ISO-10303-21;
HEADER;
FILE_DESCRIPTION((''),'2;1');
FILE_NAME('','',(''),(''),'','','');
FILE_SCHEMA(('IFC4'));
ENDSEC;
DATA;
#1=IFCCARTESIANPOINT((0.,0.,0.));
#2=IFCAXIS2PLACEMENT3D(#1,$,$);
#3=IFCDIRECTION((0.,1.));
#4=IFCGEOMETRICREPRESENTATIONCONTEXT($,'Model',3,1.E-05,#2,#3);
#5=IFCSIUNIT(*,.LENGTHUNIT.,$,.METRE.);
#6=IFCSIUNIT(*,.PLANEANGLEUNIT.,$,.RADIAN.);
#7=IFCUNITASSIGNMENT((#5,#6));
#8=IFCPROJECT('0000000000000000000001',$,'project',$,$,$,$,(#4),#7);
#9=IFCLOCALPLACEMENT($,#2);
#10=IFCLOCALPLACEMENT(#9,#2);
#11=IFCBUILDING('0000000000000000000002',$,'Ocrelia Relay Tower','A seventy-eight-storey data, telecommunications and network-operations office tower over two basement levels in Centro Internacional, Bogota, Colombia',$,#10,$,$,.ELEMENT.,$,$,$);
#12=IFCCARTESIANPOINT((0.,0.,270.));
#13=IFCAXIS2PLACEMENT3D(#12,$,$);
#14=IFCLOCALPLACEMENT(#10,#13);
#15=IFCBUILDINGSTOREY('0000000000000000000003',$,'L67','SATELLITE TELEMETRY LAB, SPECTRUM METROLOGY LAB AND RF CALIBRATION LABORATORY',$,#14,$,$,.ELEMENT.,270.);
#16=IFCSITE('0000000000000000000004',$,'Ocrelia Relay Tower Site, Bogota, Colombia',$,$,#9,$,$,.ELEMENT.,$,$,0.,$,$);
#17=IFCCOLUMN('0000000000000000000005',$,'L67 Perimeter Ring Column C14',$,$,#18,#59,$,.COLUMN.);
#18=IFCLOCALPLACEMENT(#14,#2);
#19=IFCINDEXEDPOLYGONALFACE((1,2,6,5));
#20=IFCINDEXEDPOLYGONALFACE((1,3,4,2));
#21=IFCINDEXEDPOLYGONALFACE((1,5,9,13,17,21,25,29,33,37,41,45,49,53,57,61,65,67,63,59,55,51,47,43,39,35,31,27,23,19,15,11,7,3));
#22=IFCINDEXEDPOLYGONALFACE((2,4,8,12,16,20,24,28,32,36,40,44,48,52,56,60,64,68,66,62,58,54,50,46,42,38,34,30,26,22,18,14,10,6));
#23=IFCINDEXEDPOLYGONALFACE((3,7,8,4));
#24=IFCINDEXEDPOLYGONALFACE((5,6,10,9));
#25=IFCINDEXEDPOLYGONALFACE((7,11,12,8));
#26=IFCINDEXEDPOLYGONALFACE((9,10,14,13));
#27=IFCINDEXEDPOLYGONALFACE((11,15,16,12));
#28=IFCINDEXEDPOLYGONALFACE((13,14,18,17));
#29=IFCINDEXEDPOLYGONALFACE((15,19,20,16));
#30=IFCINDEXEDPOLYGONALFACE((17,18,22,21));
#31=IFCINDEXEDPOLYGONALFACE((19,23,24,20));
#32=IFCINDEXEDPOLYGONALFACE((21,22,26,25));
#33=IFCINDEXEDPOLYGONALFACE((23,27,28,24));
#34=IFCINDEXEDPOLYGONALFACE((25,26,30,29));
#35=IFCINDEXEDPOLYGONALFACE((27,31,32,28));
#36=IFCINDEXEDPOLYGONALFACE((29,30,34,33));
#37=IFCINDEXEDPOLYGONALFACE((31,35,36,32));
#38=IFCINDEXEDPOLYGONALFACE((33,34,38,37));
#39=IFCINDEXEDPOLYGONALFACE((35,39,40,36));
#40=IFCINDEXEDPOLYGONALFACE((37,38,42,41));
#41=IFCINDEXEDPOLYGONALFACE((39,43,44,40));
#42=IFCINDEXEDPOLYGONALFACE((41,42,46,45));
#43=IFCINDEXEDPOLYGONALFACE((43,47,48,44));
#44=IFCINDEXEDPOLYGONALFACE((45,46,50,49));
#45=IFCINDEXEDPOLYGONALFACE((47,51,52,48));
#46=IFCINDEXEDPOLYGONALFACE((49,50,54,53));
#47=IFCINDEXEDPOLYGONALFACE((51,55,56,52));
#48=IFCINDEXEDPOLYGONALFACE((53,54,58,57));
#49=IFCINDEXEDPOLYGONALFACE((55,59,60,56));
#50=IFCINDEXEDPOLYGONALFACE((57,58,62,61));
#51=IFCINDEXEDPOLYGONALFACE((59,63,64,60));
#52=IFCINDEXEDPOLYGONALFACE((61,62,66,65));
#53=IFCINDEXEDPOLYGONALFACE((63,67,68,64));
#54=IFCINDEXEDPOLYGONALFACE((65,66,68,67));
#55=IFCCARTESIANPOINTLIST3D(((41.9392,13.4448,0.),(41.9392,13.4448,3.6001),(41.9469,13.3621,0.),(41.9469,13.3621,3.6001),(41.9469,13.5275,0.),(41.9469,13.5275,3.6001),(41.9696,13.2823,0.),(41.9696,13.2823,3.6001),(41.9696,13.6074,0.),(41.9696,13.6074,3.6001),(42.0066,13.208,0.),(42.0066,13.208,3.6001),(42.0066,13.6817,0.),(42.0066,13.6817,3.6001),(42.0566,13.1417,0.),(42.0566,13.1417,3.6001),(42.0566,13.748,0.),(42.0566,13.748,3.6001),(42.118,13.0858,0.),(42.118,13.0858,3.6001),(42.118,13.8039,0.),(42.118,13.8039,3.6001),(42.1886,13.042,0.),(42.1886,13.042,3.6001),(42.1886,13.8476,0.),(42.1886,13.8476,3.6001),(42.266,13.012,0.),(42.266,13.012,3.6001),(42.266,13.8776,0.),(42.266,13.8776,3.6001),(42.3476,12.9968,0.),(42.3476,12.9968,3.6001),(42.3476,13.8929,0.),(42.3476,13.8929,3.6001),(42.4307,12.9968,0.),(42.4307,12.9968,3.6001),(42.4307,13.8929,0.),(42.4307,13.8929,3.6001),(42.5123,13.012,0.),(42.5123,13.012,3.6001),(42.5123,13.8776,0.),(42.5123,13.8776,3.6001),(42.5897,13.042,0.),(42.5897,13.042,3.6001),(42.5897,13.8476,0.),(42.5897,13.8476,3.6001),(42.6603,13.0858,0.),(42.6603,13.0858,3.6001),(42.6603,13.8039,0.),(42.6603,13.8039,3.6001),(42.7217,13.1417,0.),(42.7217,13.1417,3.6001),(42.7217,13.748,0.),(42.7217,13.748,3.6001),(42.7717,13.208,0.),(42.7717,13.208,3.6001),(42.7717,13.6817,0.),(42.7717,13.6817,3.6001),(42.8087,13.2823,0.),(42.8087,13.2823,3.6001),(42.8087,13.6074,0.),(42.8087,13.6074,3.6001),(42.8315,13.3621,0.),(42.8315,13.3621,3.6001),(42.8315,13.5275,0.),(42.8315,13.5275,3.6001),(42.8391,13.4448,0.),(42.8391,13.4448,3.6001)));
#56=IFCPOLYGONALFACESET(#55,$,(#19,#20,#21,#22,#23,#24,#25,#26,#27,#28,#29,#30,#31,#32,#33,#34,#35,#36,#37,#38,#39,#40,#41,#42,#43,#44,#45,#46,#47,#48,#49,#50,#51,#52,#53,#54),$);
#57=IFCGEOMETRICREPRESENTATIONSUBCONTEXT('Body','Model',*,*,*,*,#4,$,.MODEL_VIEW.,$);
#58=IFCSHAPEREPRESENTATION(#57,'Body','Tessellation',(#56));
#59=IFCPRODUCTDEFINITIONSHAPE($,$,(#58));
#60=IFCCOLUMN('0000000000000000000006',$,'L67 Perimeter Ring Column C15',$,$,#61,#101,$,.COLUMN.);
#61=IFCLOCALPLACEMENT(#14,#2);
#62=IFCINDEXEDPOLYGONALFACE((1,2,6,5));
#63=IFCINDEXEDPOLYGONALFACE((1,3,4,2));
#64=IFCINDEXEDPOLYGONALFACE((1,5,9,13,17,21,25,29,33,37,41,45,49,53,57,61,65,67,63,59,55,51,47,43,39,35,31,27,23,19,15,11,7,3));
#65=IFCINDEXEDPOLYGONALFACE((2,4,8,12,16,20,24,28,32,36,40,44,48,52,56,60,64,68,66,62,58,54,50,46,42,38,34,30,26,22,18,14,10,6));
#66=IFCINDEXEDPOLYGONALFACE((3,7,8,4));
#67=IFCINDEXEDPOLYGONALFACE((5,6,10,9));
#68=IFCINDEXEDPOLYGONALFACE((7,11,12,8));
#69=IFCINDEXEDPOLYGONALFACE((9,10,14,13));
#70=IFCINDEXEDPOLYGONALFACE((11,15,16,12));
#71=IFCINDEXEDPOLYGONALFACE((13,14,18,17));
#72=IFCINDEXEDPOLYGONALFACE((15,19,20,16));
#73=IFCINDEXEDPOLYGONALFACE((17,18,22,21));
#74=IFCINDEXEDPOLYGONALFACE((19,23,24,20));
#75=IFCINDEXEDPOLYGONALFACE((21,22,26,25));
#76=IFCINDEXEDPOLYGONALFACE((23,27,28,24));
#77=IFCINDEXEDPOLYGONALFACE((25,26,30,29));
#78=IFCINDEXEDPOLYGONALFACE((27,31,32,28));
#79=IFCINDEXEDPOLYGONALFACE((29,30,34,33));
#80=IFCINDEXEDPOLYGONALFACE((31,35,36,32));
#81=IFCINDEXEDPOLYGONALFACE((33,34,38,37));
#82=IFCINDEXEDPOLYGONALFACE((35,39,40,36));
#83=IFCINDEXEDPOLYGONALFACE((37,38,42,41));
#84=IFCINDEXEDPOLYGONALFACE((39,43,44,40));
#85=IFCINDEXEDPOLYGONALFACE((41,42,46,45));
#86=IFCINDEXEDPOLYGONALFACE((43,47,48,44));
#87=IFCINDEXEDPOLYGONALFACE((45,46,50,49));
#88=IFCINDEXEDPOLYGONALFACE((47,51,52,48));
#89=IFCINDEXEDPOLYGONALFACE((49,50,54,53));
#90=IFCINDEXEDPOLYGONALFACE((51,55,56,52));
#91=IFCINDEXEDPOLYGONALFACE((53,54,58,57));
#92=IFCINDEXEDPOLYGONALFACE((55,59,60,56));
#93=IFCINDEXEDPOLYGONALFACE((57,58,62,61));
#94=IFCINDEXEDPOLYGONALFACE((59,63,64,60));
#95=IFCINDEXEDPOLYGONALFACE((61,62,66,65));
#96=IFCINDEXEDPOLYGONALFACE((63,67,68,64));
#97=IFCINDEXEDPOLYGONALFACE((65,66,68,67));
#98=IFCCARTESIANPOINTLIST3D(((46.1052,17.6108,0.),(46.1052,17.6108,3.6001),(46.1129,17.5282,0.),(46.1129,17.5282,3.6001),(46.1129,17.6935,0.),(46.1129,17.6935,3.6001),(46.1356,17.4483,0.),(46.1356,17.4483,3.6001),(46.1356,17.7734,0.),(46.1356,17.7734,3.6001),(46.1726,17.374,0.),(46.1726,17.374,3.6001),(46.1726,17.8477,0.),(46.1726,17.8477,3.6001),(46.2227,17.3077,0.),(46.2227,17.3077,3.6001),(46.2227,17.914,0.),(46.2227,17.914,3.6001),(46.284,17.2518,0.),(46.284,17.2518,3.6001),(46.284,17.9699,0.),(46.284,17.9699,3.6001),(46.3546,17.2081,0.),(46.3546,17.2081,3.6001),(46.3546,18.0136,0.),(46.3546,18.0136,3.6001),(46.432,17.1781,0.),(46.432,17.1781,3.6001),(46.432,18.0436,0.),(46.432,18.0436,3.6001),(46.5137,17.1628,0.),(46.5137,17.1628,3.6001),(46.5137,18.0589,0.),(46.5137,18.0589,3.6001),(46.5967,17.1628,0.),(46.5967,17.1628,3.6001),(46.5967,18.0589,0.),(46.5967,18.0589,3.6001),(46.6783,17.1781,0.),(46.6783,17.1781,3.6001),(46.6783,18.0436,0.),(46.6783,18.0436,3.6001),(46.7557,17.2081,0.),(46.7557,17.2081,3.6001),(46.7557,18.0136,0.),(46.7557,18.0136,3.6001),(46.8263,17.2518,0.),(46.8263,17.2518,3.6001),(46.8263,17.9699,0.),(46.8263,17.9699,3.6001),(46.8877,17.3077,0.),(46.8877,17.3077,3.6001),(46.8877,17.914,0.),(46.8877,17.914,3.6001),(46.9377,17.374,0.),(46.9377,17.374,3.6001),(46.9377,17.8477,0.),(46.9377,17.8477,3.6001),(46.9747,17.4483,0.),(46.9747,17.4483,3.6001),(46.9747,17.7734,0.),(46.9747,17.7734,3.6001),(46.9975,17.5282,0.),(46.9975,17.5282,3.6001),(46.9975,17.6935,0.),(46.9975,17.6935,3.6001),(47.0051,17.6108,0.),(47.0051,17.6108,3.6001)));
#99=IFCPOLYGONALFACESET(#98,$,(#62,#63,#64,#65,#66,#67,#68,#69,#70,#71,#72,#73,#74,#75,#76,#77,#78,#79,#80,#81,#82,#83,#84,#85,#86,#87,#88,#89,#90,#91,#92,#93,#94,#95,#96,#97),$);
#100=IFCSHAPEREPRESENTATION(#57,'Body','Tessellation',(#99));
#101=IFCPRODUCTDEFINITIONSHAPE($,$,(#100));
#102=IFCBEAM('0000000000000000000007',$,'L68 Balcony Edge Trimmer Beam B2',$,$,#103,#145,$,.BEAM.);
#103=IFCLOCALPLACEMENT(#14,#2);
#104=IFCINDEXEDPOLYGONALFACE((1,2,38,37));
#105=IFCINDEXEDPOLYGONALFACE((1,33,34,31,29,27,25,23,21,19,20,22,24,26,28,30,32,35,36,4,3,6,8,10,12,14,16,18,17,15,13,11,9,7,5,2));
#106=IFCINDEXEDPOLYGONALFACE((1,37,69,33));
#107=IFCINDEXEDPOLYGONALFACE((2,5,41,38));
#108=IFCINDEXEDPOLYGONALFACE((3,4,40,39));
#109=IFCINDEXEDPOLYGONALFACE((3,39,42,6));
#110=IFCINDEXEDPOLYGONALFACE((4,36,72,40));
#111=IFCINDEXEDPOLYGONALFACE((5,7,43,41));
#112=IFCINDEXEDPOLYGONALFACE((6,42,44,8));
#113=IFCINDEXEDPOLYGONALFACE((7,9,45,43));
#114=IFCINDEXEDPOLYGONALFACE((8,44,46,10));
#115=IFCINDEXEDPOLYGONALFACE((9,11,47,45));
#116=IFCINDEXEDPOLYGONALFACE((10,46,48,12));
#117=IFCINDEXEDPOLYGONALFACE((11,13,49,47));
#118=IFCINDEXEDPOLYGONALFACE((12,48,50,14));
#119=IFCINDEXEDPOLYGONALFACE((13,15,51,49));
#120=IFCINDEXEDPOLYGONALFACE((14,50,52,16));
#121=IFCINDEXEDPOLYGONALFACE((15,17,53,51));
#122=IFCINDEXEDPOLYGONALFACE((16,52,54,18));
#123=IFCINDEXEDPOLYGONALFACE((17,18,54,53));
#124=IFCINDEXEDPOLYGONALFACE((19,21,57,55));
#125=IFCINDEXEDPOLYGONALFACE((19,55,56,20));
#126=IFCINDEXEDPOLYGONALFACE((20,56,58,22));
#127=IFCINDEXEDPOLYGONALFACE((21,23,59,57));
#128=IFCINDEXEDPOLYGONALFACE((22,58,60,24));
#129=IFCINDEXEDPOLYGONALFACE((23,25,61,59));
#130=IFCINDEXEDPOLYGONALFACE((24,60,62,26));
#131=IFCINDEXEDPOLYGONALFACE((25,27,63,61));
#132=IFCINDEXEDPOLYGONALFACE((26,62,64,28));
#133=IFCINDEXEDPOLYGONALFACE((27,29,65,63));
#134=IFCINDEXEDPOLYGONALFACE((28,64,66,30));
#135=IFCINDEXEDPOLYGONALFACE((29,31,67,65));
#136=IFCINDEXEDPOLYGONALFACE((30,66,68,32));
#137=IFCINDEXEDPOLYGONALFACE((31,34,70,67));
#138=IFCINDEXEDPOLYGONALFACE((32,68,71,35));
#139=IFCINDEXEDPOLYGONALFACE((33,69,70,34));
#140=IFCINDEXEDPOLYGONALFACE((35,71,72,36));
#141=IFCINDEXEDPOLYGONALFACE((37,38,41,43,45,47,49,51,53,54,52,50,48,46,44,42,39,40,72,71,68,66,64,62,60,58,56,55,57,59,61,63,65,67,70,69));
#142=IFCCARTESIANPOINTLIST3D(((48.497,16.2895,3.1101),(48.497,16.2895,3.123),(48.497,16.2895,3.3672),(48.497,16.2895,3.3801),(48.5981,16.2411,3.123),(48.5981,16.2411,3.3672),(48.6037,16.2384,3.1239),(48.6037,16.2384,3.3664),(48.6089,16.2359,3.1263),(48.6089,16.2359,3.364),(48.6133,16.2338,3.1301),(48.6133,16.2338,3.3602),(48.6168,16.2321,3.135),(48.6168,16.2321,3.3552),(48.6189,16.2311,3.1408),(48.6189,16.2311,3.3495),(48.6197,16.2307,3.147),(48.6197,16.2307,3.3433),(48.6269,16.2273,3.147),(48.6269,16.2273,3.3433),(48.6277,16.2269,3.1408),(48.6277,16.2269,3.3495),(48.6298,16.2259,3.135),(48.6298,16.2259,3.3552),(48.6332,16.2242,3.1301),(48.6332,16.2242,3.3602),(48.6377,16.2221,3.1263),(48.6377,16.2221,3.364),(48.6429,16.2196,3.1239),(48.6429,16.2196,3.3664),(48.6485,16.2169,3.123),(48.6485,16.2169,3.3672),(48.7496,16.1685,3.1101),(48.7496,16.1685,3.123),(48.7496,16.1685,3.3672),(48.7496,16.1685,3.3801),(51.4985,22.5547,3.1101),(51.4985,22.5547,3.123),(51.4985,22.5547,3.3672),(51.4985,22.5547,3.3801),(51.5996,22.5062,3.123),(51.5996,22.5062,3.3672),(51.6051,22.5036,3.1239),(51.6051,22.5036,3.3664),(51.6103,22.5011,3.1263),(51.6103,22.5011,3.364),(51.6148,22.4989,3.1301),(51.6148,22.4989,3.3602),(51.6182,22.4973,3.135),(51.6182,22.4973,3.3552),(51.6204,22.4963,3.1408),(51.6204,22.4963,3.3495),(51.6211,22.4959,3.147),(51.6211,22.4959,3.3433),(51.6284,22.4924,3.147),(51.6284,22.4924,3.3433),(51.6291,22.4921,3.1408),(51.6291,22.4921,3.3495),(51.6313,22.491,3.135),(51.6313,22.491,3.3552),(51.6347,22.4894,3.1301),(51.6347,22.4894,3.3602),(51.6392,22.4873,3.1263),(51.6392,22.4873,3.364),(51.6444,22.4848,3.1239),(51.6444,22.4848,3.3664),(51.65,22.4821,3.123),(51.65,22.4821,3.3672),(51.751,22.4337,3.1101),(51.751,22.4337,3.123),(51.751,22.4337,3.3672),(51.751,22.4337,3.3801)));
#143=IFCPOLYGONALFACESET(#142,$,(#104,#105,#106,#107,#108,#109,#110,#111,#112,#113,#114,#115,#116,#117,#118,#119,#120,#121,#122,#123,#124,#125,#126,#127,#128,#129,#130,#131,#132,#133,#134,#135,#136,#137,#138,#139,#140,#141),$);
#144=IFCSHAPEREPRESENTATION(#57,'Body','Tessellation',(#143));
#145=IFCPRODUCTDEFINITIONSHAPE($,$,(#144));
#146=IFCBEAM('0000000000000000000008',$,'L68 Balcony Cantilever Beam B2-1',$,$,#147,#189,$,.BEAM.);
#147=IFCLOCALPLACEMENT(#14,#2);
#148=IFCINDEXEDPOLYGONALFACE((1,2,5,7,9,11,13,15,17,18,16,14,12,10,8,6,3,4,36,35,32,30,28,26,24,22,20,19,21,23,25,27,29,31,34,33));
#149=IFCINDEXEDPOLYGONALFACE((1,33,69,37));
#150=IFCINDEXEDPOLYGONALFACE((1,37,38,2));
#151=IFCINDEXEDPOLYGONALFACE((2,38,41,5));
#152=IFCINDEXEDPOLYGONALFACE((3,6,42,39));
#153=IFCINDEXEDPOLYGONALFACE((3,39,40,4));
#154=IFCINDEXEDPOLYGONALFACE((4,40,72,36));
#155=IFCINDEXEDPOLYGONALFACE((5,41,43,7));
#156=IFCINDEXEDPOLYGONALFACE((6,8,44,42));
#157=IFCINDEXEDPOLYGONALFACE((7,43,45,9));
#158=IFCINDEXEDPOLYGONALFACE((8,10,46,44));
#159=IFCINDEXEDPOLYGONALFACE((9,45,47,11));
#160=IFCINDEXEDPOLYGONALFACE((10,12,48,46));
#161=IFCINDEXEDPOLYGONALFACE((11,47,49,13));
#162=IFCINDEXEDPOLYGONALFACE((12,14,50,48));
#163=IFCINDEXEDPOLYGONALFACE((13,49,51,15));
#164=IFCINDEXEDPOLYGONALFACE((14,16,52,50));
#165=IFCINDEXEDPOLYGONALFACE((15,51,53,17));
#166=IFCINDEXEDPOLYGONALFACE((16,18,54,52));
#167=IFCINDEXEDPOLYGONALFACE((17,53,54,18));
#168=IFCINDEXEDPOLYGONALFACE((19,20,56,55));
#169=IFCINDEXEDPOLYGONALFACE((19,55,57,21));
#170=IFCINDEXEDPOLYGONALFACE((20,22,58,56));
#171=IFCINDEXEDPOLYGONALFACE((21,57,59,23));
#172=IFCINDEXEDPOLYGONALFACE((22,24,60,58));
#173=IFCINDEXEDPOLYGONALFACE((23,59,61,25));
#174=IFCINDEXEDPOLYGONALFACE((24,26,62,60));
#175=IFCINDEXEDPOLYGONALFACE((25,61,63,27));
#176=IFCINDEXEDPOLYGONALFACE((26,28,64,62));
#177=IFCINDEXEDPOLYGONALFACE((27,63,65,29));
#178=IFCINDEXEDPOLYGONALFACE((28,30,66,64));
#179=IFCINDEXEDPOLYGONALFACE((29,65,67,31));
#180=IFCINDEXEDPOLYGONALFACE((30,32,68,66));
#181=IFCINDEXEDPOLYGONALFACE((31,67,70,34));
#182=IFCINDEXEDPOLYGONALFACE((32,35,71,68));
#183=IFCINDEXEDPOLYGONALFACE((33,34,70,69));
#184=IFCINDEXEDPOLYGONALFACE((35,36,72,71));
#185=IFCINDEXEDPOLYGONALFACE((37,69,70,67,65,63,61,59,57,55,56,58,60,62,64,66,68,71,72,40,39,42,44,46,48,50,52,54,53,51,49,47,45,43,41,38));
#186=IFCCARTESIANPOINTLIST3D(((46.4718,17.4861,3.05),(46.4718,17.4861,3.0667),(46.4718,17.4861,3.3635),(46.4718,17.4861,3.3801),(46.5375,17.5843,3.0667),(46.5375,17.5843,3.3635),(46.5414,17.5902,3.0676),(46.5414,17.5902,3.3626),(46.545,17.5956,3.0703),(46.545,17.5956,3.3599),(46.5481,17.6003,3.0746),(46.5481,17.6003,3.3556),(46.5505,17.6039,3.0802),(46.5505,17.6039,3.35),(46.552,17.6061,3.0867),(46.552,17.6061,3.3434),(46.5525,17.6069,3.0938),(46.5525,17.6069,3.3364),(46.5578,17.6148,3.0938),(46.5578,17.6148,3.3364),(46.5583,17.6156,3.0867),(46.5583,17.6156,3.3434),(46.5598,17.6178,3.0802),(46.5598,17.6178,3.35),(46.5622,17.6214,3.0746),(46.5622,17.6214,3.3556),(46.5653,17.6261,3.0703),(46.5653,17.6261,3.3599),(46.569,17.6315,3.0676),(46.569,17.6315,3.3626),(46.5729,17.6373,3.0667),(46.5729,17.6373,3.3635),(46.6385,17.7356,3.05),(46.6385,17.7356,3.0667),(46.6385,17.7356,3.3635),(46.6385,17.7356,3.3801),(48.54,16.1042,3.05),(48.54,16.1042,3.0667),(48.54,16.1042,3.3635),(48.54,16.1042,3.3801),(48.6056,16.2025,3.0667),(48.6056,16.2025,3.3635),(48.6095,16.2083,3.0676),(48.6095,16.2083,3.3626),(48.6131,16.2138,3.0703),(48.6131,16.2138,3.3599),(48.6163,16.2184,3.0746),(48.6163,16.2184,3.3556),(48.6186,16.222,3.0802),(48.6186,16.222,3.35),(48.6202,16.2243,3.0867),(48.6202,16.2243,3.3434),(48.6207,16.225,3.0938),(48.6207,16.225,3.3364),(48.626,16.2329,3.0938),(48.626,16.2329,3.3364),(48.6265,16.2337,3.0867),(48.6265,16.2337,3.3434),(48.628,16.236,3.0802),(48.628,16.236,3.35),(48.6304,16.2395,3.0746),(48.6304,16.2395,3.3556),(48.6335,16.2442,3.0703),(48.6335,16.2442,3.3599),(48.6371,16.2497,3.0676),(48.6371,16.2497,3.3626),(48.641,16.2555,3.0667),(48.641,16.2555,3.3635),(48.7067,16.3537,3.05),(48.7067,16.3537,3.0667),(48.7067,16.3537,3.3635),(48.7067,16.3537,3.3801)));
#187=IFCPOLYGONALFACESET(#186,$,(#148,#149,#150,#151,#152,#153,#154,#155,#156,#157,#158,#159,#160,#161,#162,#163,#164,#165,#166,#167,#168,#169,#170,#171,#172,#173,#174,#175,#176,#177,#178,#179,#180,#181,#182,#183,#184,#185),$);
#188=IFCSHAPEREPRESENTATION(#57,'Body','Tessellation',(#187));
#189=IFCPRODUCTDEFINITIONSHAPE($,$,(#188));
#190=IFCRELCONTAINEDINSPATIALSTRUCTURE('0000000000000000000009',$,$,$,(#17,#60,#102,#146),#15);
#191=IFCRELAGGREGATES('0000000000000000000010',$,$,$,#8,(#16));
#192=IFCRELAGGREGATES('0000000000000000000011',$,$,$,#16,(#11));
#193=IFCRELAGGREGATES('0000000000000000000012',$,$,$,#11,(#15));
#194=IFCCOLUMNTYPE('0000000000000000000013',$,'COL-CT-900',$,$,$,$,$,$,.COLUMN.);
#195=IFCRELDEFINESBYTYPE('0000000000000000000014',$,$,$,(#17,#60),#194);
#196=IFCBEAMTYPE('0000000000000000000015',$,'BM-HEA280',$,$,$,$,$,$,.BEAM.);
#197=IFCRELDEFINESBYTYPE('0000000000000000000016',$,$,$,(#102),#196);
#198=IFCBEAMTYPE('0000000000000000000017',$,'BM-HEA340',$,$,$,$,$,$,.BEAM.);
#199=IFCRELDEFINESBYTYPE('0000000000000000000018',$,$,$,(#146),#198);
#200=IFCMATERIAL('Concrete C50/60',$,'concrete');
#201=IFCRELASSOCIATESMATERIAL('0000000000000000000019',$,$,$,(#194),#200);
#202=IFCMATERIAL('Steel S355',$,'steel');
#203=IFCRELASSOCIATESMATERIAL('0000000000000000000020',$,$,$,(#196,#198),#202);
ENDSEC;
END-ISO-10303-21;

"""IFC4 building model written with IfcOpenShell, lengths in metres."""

from ifc_helpers import new_model, si_unit, direction, frame, origin, origin_2d, place, context, subcontext, project, spatial, circle, i_section, extrude, material, material_profile, profile_set, type_object, element, save


model = new_model("IFC4")

# Units and contexts
model_context = context("Model", 3, precision=1e-05, world=origin(), true_north=direction((0.0, 1.0)))
body_context = subcontext(model_context, "Body", "Model", "MODEL_VIEW")
ifc_project = project(units=[si_unit("LENGTHUNIT", "METRE"), si_unit("PLANEANGLEUNIT", "RADIAN")], contexts=[model_context])

# Site, building, storey
site_placement = place(None, origin())
site = spatial("IfcSite", under=ifc_project, at=site_placement, Name="Ocrelia Relay Tower Site, Bogota, Colombia", CompositionType="ELEMENT", RefElevation=0.0)
building_placement = place(site_placement, origin())
building = spatial("IfcBuilding", under=site, at=building_placement, Name="Ocrelia Relay Tower", Description="A seventy-eight-storey data, telecommunications and network-operations office tower over two basement levels in Centro Internacional, Bogota, Colombia", CompositionType="ELEMENT")
storey_placement = place(building_placement, frame((0.0, 0.0, 270.0)))
storey = spatial("IfcBuildingStorey", under=building, at=storey_placement, Name="L67", Description="SATELLITE TELEMETRY LAB, SPECTRUM METROLOGY LAB AND RF CALIBRATION LABORATORY", CompositionType="ELEMENT", Elevation=270.0)

# Columns
ifc_material_1 = material(Name="Concrete C50/60", Category="concrete")
ifc_material_profile_1 = material_profile(ifc_material_1, circle(Radius=0.45, at=origin_2d()), Name="RC-CIR-900")
ifc_profile_set_1 = profile_set([ifc_material_profile_1], Name="Concrete C50/60")
column_type = type_object("IfcColumnType", Name="COL-CT-900", PredefinedType="COLUMN", material=ifc_profile_set_1)
for number, where, z_axis, x_axis, name in (
    (1, (42.3892, 13.4448, 0.0), (0.0, 0.0, 1.0), (1.0, 0.0, 0.0), "L67 Perimeter Ring Column C14"),
    (2, (46.5552, 17.6108, 0.0), (0.0, 0.0, 1.0), (1.0, 0.0, 0.0), "L67 Perimeter Ring Column C15"),
):
    element("IfcColumn", number, at=place(storey_placement, frame(where, z_axis=z_axis, x_axis=x_axis)), inside=storey, type_object=column_type, Name=name, PredefinedType="COLUMN", context=body_context, shape_type="SweptSolid", body=[
        extrude(circle(Radius=0.45, at=origin_2d()), origin(), (0.0, 0.0, 1.0), 3.6001),
    ])

# Beams
ifc_material_2 = material(Name="Steel S355", Category="steel")
ifc_material_profile_2 = material_profile(ifc_material_2, i_section(OverallWidth=0.28, OverallDepth=0.27, WebThickness=0.0081, FlangeThickness=0.0129, FilletRadius=0.0239, at=origin_2d()), Name="HEA 280")
ifc_profile_set_2 = profile_set([ifc_material_profile_2], Name="Steel S355")
beam_type_1 = type_object("IfcBeamType", Name="BM-HEA280", PredefinedType="BEAM", material=ifc_profile_set_2)
beam_1_placement = place(storey_placement, frame((48.6233, 16.229, 3.2451), z_axis=(0.432052, 0.901849, 0.0), x_axis=(-0.901849, 0.432052, 0.0)))
element("IfcBeam", 3, at=beam_1_placement, inside=storey, type_object=beam_type_1, Name="L68 Balcony Edge Trimmer Beam B2", PredefinedType="BEAM", context=body_context, shape_type="SweptSolid", body=[
    extrude(i_section(OverallWidth=0.28, OverallDepth=0.27, WebThickness=0.0081, FlangeThickness=0.0129, FilletRadius=0.0239, at=origin_2d()), origin(), (0.0, 0.0, 1.0), 6.947),
])
ifc_material_profile_3 = material_profile(ifc_material_2, i_section(OverallWidth=0.3, OverallDepth=0.3301, WebThickness=0.0095, FlangeThickness=0.0166, FilletRadius=0.0271, at=origin_2d()), Name="HEA 340")
ifc_profile_set_3 = profile_set([ifc_material_profile_3], Name="Steel S355")
beam_type_2 = type_object("IfcBeamType", Name="BM-HEA340", PredefinedType="BEAM", material=ifc_profile_set_3)
beam_2_placement = place(storey_placement, frame((46.5552, 17.6108, 3.2151), z_axis=(0.831476, -0.555561, 0.0), x_axis=(0.555561, 0.831476, 0.0)))
element("IfcBeam", 4, at=beam_2_placement, inside=storey, type_object=beam_type_2, Name="L68 Balcony Cantilever Beam B2-1", PredefinedType="BEAM", context=body_context, shape_type="SweptSolid", body=[
    extrude(i_section(OverallWidth=0.3, OverallDepth=0.3301, WebThickness=0.0095, FlangeThickness=0.0166, FilletRadius=0.0271, at=origin_2d()), origin(), (0.0, 0.0, 1.0), 2.4873),
])

save(model, "model.ifc")
